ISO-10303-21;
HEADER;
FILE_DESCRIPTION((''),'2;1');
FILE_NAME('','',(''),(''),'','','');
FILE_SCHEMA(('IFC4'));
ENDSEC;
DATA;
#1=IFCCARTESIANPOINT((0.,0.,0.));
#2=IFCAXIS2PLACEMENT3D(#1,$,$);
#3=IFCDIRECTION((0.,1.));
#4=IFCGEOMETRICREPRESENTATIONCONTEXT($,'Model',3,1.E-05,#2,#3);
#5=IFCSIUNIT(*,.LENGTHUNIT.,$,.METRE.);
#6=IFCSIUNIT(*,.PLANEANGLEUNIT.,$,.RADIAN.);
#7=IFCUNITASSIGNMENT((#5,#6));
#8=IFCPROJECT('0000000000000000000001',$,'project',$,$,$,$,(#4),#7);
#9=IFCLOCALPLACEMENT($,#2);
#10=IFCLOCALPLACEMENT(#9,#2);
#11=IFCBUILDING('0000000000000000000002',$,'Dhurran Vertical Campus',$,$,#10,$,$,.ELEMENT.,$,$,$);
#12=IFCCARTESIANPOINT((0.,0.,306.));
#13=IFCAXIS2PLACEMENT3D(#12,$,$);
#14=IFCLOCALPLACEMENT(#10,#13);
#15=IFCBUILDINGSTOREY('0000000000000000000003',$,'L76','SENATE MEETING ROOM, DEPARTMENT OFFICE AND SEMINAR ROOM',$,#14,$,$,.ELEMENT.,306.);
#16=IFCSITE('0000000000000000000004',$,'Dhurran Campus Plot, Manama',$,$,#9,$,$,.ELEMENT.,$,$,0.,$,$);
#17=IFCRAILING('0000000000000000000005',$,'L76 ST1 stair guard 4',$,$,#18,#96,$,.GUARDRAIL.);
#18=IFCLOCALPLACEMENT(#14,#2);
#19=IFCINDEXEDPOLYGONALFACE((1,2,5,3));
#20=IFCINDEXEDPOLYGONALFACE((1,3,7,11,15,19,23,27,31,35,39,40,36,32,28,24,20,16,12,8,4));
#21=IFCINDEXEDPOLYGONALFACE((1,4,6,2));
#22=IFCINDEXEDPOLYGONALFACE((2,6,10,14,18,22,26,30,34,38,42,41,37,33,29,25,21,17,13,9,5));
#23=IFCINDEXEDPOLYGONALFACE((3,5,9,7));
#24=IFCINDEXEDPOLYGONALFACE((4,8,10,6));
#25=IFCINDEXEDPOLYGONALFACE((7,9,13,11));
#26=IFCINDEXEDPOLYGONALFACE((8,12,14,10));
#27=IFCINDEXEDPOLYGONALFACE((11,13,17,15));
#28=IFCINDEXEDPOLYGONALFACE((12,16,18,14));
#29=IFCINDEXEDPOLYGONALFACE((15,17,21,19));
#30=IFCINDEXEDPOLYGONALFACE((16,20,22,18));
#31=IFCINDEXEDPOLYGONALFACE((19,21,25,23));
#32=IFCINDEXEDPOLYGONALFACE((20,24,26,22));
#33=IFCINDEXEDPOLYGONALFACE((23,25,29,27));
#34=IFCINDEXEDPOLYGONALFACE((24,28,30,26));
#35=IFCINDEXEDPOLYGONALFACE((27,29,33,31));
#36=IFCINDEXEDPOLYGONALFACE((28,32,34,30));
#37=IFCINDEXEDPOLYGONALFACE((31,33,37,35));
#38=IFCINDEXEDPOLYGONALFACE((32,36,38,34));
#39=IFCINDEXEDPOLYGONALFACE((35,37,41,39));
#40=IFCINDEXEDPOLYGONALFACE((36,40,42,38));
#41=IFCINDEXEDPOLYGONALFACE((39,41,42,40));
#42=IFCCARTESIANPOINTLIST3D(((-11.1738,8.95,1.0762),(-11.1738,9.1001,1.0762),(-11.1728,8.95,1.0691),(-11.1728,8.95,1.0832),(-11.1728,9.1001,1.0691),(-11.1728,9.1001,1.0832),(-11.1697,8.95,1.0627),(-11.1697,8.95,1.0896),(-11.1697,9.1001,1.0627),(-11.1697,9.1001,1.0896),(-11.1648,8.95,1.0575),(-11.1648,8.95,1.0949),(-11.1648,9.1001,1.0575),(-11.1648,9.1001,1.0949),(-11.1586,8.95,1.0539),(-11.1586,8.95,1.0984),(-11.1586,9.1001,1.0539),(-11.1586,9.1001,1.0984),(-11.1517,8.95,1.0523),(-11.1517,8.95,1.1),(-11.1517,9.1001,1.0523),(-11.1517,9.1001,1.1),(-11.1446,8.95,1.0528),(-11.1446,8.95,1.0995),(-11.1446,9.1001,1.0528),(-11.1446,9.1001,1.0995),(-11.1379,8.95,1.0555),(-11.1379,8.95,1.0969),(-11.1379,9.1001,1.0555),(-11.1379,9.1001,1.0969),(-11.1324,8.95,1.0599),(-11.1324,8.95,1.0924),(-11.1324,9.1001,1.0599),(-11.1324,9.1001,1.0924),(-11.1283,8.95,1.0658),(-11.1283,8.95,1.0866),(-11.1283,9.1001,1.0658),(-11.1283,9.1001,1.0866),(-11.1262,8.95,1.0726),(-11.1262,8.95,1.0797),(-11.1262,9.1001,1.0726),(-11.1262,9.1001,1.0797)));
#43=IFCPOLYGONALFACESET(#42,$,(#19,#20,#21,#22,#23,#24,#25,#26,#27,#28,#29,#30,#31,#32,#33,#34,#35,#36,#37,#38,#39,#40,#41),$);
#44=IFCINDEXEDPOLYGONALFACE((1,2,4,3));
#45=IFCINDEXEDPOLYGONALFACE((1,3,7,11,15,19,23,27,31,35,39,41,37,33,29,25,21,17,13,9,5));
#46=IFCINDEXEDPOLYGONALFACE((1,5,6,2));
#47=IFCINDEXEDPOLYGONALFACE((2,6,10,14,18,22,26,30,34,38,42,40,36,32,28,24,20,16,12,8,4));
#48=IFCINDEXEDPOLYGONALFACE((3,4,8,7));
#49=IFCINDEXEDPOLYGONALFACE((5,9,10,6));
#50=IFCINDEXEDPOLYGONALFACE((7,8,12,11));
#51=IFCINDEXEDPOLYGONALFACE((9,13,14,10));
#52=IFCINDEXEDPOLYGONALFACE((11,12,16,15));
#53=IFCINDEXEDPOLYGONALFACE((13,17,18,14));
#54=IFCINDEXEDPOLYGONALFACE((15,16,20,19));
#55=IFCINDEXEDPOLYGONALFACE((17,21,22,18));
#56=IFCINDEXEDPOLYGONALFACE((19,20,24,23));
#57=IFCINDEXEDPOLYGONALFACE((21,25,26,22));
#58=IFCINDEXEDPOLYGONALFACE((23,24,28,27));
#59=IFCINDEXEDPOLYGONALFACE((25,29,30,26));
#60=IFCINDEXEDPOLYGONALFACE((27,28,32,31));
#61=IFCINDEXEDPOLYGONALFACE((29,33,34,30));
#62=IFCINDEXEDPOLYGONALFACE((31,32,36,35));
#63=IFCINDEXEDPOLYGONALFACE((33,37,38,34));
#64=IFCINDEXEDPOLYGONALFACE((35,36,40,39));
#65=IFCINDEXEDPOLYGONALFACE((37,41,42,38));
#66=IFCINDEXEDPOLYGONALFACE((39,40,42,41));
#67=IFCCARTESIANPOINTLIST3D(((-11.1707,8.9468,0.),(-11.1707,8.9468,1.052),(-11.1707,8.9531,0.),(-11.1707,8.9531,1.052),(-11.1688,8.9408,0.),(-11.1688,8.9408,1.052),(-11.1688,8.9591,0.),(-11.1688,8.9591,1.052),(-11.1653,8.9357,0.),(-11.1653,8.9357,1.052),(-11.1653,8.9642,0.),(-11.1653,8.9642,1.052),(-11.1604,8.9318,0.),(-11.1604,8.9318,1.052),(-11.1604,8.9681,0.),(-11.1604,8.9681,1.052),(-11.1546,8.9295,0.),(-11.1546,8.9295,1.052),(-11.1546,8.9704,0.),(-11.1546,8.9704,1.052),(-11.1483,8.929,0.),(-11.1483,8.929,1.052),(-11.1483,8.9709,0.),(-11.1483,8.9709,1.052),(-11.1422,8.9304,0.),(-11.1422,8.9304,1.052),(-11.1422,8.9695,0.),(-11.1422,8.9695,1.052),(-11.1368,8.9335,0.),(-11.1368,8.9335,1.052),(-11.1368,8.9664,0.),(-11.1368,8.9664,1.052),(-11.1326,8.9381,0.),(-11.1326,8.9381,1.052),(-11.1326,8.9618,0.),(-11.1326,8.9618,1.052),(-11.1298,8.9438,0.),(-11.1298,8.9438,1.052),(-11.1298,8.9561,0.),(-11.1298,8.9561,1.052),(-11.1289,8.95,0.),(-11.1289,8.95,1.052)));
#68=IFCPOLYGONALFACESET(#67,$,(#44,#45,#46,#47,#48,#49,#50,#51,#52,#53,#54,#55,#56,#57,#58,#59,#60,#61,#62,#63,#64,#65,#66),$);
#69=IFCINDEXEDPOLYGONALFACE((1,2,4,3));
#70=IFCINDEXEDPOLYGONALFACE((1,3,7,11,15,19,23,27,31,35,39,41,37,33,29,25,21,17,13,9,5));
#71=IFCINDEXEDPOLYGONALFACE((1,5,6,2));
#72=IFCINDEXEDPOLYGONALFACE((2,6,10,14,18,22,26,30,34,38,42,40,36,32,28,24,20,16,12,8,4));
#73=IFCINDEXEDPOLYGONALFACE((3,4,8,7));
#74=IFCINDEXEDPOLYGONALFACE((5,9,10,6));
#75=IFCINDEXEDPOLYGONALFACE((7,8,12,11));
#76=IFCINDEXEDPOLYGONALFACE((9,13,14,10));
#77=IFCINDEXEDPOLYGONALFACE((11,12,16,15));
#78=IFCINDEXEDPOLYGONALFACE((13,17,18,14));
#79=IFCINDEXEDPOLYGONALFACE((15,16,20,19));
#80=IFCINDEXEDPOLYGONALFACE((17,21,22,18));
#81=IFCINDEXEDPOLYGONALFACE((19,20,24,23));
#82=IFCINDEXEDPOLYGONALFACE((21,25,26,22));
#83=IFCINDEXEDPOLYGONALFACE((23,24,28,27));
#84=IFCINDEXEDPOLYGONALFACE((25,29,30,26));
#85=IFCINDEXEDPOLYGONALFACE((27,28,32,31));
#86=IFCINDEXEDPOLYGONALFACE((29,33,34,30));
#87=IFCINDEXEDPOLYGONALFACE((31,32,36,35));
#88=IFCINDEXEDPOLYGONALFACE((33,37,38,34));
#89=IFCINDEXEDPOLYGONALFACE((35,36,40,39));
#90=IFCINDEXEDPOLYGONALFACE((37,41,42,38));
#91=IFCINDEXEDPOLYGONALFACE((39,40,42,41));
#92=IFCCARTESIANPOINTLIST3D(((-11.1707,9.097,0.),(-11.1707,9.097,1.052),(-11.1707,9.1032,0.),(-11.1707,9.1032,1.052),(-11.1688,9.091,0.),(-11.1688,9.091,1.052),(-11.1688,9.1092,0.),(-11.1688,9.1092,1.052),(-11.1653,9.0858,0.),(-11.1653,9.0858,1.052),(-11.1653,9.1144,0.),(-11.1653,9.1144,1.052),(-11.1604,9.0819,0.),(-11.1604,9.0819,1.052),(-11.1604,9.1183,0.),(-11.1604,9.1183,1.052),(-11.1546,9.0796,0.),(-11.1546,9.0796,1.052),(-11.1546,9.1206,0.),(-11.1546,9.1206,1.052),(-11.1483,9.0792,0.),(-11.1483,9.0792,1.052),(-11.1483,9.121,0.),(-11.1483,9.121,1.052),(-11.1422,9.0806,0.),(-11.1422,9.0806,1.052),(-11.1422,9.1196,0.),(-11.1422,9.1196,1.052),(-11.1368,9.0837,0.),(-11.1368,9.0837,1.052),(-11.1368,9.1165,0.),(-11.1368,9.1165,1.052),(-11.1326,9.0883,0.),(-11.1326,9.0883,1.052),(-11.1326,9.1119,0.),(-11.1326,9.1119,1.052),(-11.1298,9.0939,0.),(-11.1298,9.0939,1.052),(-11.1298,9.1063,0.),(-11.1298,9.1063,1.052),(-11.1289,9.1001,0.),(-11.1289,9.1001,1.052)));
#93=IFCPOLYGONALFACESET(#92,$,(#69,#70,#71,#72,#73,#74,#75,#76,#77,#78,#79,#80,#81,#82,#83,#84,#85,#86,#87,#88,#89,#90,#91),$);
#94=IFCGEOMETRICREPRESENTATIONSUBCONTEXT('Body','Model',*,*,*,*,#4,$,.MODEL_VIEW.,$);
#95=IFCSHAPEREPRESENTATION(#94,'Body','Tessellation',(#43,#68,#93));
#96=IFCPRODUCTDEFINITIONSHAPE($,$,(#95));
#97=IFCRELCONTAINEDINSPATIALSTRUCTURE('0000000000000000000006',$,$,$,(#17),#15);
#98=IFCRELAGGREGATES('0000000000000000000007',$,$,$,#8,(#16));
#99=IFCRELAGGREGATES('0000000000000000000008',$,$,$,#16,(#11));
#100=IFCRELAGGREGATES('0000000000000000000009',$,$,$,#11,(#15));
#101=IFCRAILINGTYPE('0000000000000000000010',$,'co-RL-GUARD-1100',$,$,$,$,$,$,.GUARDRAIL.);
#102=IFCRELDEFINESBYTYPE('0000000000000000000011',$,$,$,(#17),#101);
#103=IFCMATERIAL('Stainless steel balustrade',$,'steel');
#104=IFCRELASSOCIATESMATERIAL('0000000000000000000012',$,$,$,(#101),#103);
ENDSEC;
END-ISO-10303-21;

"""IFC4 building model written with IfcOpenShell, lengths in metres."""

from ifc_helpers import new_model, si_unit, direction, frame, origin, origin_2d, place, context, subcontext, project, spatial, circle, extrude, material, type_object, element, save


model = new_model("IFC4")

# Units and contexts
model_context = context("Model", 3, precision=1e-05, world=origin(), true_north=direction((0.0, 1.0)))
body_context = subcontext(model_context, "Body", "Model", "MODEL_VIEW")
ifc_project = project(units=[si_unit("LENGTHUNIT", "METRE"), si_unit("PLANEANGLEUNIT", "RADIAN")], contexts=[model_context])

# Site, building, storey
site_placement = place(None, origin())
site = spatial("IfcSite", under=ifc_project, at=site_placement, Name="Dhurran Campus Plot, Manama", CompositionType="ELEMENT", RefElevation=0.0)
building_placement = place(site_placement, origin())
building = spatial("IfcBuilding", under=site, at=building_placement, Name="Dhurran Vertical Campus", CompositionType="ELEMENT")
storey_placement = place(building_placement, frame((0.0, 0.0, 306.0)))
storey = spatial("IfcBuildingStorey", under=building, at=storey_placement, Name="L76", Description="SENATE MEETING ROOM, DEPARTMENT OFFICE AND SEMINAR ROOM", CompositionType="ELEMENT", Elevation=306.0)

# Railing
ifc_material_1 = material(Name="Stainless steel balustrade", Category="steel")
railing_type_1 = type_object("IfcRailingType", Name="co-RL-GUARD-1100", PredefinedType="GUARDRAIL", material=ifc_material_1)
railing_1_placement = place(storey_placement, frame((-11.1499, 8.95, 0.0)))
element("IfcRailing", 1, at=railing_1_placement, inside=storey, type_object=railing_type_1, Name="L76 ST1 stair guard 4", PredefinedType="GUARDRAIL", context=body_context, shape_type="SweptSolid", body=[
    extrude(circle(Radius=0.0239, at=origin_2d()), frame((0.0, 0.0, 1.0762), z_axis=(0.0, 1.0, 0.0), x_axis=(-1.0, 0.0, 0.0)), (0.0, 0.0, 1.0), 0.1501),
    extrude(circle(Radius=0.021, at=origin_2d()), origin(), (0.0, 0.0, 1.0), 1.052),
    extrude(circle(Radius=0.021, at=origin_2d()), frame((0.0, 0.1501, 0.0)), (0.0, 0.0, 1.0), 1.052),
])

save(model, "model.ifc")
